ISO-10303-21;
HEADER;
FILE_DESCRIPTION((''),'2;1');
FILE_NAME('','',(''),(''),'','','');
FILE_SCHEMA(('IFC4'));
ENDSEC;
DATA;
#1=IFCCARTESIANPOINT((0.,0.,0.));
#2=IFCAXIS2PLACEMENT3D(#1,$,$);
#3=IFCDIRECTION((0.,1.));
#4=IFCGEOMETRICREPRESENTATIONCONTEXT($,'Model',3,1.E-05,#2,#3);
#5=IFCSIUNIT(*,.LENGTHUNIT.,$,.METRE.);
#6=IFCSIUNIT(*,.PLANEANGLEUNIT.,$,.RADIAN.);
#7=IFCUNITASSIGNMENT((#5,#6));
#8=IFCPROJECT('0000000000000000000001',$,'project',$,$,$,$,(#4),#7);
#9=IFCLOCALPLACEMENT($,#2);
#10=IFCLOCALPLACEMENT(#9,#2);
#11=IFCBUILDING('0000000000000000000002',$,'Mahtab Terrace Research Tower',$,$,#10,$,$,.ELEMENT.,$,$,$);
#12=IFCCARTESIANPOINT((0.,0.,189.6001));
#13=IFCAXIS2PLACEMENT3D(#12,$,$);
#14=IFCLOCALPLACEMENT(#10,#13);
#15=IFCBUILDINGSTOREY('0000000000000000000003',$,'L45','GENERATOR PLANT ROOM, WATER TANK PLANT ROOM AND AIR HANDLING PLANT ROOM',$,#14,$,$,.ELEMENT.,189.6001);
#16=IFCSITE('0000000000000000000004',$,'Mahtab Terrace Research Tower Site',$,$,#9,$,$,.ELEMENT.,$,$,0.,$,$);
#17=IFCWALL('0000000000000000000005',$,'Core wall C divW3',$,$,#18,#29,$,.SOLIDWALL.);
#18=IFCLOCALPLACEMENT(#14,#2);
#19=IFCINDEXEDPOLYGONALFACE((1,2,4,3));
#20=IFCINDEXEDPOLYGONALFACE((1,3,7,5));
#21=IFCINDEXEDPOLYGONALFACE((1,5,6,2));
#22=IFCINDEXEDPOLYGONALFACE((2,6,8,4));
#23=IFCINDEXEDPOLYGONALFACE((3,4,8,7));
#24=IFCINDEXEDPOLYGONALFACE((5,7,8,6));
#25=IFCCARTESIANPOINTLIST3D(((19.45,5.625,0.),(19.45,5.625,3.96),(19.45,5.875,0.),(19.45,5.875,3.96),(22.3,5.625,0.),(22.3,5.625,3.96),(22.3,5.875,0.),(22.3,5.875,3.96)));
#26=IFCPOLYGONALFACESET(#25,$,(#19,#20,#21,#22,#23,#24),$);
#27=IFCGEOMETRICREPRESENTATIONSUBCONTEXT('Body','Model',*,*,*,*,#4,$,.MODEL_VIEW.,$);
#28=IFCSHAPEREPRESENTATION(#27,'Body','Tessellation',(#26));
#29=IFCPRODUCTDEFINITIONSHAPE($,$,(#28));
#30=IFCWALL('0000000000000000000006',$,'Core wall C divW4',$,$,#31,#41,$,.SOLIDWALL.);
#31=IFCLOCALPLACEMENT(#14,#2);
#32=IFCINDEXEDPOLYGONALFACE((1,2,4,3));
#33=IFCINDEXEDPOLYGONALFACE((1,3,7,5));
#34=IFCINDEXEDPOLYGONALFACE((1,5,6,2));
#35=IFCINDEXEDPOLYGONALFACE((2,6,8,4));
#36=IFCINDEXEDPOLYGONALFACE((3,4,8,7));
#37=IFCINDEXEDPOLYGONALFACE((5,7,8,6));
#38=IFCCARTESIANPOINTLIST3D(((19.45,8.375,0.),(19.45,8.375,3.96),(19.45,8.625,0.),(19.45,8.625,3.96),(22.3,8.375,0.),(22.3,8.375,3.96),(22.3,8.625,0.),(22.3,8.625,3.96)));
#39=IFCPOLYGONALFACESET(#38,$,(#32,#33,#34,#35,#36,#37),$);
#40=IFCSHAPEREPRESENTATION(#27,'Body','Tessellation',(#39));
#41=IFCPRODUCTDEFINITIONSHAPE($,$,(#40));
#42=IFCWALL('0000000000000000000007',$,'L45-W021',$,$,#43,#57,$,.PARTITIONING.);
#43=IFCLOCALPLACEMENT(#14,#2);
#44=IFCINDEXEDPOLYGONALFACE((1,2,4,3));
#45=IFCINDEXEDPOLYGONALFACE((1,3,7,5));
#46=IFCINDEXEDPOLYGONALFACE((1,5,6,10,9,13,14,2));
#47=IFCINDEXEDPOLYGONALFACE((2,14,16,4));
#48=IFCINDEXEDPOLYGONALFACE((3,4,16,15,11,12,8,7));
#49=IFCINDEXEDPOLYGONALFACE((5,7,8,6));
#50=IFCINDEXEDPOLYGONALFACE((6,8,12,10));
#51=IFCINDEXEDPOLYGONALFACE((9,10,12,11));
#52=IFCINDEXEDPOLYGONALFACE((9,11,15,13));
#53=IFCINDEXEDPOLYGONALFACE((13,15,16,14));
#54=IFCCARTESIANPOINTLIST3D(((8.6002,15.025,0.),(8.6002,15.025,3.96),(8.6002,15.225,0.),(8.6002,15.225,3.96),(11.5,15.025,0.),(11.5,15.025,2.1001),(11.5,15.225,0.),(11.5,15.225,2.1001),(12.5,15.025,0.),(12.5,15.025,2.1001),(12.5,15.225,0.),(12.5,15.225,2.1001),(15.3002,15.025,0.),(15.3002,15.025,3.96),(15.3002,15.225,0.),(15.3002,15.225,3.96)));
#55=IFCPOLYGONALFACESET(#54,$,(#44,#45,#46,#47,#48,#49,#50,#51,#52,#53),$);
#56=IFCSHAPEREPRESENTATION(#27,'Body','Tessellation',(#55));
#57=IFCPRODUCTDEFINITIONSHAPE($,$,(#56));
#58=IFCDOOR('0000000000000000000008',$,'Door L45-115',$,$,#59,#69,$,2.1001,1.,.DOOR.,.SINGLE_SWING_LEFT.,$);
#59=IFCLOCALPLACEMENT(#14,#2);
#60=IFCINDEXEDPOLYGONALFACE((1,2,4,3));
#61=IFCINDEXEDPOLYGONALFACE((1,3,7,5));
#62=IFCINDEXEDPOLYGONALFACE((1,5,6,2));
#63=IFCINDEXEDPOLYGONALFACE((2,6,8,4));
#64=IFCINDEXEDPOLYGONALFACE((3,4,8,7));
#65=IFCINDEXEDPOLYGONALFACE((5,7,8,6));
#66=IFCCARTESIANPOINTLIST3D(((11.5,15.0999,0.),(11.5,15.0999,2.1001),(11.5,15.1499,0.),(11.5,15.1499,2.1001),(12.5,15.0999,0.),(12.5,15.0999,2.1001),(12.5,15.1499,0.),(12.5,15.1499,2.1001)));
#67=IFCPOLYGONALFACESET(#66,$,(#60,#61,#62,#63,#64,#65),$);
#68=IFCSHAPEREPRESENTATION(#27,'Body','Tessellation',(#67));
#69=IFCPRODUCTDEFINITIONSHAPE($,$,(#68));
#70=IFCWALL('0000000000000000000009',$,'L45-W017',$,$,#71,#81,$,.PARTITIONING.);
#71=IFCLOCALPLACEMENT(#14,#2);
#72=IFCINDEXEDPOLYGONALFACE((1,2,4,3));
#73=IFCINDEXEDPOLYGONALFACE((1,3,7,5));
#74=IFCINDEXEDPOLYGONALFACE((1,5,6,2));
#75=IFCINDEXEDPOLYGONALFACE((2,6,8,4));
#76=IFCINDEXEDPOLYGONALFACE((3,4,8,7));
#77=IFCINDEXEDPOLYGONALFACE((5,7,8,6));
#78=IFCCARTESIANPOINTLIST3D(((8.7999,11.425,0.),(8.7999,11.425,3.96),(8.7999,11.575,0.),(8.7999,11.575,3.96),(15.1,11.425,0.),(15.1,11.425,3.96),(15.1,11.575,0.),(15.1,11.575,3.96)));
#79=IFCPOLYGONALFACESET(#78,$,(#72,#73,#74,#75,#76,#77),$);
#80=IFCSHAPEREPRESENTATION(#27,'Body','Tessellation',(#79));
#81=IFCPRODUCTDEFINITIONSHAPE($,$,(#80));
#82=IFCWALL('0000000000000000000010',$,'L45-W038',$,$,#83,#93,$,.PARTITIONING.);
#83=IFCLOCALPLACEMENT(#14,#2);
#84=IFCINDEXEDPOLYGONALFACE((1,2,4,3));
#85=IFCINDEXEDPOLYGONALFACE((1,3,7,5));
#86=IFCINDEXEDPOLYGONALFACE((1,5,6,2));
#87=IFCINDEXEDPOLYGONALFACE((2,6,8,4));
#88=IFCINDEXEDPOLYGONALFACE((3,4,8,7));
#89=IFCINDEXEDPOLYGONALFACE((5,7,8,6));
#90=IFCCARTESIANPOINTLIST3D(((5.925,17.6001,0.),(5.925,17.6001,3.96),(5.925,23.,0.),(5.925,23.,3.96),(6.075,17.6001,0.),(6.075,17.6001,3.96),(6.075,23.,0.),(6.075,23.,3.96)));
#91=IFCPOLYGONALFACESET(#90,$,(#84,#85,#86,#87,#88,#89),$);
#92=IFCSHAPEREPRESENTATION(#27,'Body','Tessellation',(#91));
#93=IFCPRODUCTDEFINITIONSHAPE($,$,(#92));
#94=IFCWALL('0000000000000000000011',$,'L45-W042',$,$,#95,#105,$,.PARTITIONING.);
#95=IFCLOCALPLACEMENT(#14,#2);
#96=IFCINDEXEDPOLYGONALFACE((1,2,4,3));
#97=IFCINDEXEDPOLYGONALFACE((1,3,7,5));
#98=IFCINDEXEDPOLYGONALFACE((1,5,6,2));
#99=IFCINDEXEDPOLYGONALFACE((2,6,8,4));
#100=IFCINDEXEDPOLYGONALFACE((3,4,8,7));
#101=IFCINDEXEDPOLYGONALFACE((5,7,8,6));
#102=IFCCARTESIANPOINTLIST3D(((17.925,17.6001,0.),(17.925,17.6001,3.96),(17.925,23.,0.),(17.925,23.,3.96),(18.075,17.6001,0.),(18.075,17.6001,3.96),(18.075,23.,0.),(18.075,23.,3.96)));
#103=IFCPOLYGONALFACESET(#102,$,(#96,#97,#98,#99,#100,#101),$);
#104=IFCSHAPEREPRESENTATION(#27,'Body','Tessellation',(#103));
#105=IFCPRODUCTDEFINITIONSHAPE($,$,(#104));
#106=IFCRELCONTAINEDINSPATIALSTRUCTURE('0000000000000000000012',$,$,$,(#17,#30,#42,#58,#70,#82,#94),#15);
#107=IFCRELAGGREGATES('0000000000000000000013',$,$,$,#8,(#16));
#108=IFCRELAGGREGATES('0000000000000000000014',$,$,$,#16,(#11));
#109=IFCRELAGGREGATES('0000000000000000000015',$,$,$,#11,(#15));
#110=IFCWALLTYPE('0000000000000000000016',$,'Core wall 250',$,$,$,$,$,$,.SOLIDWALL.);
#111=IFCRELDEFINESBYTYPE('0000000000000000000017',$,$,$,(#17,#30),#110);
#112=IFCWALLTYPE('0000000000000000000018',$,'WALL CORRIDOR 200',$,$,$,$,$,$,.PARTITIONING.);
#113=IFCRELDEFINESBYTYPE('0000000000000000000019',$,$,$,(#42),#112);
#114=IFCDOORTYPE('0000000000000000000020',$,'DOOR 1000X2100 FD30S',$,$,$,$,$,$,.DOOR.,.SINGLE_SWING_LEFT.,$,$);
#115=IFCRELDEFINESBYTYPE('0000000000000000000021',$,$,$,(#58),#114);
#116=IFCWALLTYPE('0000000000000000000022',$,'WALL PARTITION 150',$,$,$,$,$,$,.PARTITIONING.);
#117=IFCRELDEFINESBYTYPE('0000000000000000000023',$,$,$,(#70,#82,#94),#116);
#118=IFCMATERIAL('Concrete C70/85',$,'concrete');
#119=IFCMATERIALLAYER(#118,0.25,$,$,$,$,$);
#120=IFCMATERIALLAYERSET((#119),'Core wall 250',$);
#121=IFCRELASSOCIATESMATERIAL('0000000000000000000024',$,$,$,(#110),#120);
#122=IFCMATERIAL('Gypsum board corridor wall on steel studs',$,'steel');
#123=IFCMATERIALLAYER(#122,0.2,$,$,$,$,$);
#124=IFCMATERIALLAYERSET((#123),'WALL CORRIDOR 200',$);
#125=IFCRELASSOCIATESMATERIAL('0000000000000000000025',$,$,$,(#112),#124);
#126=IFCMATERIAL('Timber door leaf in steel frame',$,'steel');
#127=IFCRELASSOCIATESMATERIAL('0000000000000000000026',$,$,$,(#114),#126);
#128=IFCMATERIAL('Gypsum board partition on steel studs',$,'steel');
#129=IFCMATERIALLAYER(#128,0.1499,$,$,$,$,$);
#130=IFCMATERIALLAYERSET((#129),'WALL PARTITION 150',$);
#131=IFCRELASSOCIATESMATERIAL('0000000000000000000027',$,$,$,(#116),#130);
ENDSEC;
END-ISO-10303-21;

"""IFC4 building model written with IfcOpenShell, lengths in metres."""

from ifc_helpers import new_model, si_unit, direction, frame, frame_2d, origin, place, context, subcontext, project, spatial, rectangle, extrude, material, layer, layer_set, type_object, element, fill, save


model = new_model("IFC4")

# Units and contexts
model_context = context("Model", 3, precision=1e-05, world=origin(), true_north=direction((0.0, 1.0)))
body_context = subcontext(model_context, "Body", "Model", "MODEL_VIEW")
ifc_project = project(units=[si_unit("LENGTHUNIT", "METRE"), si_unit("PLANEANGLEUNIT", "RADIAN")], contexts=[model_context])

# Site, building, storey
site_placement = place(None, origin())
site = spatial("IfcSite", under=ifc_project, at=site_placement, Name="Mahtab Terrace Research Tower Site", CompositionType="ELEMENT", RefElevation=0.0)
building_placement = place(site_placement, origin())
building = spatial("IfcBuilding", under=site, at=building_placement, Name="Mahtab Terrace Research Tower", CompositionType="ELEMENT")
storey_placement = place(building_placement, frame((0.0, 0.0, 189.6001)))
storey = spatial("IfcBuildingStorey", under=building, at=storey_placement, Name="L45", Description="GENERATOR PLANT ROOM, WATER TANK PLANT ROOM AND AIR HANDLING PLANT ROOM", CompositionType="ELEMENT", Elevation=189.6001)

# Shared definitions
ifc_material_1 = material(Name="Concrete C70/85", Category="concrete")

# Shared definitions
ifc_layer_1 = layer(ifc_material_1, 0.25)
ifc_layer_set_1 = layer_set([ifc_layer_1], Name="Core wall 250")
wall_type_1 = type_object("IfcWallType", Name="Core wall 250", PredefinedType="SOLIDWALL", material=ifc_layer_set_1)

# Walls
for number, where, z_axis, x_axis, name in (
    (1, (19.45, 5.75, 0.0), (0.0, 0.0, 1.0), (1.0, 0.0, 0.0), "Core wall C divW3"),
    (2, (19.45, 8.5, 0.0), (0.0, 0.0, 1.0), (1.0, 0.0, 0.0), "Core wall C divW4"),
):
    element("IfcWall", number, at=place(storey_placement, frame(where, z_axis=z_axis, x_axis=x_axis)), inside=storey, type_object=wall_type_1, Name=name, PredefinedType="SOLIDWALL", context=body_context, shape_type="SweptSolid", body=[
        extrude(rectangle(XDim=2.8501, YDim=0.25, at=frame_2d((1.425, 0.0))), origin(), (0.0, 0.0, 1.0), 3.96),
    ])

# Wall, opening, door
ifc_material_2 = material(Name="Gypsum board corridor wall on steel studs", Category="steel")
ifc_layer_2 = layer(ifc_material_2, 0.2)
ifc_layer_set_2 = layer_set([ifc_layer_2], Name="WALL CORRIDOR 200")
wall_type_2 = type_object("IfcWallType", Name="WALL CORRIDOR 200", PredefinedType="PARTITIONING", material=ifc_layer_set_2)
wall_1_placement = place(storey_placement, frame((8.6001, 15.125, 0.0), z_axis=(0.0, 0.0, 1.0), x_axis=(1.0, 0.0, 0.0)))
wall_1 = element("IfcWall", 3, at=wall_1_placement, inside=storey, type_object=wall_type_2, Name="L45-W021", PredefinedType="PARTITIONING", context=body_context, shape_type="SweptSolid", body=[
    extrude(rectangle(XDim=6.7, YDim=0.2, at=frame_2d((3.3501, 0.0))), origin(), (0.0, 0.0, 1.0), 3.96),
])
opening_1_placement = place(wall_1_placement, frame((2.8999, 0.0, 0.0)))
opening_1 = element("IfcOpeningElement", 4, at=opening_1_placement, cuts=wall_1, PredefinedType="OPENING", context=body_context, shape_type="SweptSolid", body=[
    extrude(rectangle(XDim=1.0, YDim=2.1001, at=frame_2d((0.5, 1.05))), frame((0.0, 0.1099, 0.0), z_axis=(0.0, -1.0, 0.0), x_axis=(1.0, 0.0, 0.0)), (0.0, 0.0, 1.0), 0.22),
])
ifc_material_3 = material(Name="Timber door leaf in steel frame", Category="steel")
door_type_1 = type_object("IfcDoorType", Name="DOOR 1000X2100 FD30S", OperationType="SINGLE_SWING_LEFT", PredefinedType="DOOR", material=ifc_material_3)
door_1_placement = place(opening_1_placement, origin())
door_1 = element("IfcDoor", 5, at=door_1_placement, inside=storey, type_object=door_type_1, Name="Door L45-115", OperationType="SINGLE_SWING_LEFT", OverallHeight=2.1001, OverallWidth=1.0, PredefinedType="DOOR", context=body_context, shape_type="SweptSolid", body=[
    extrude(rectangle(XDim=1.0, YDim=2.1001, at=frame_2d((0.5, 1.05))), frame((0.0, 0.0249, 0.0), z_axis=(0.0, -1.0, 0.0), x_axis=(1.0, 0.0, 0.0)), (0.0, 0.0, 1.0), 0.05),
])
fill(opening_1, door_1)

# Walls
ifc_material_4 = material(Name="Gypsum board partition on steel studs", Category="steel")
ifc_layer_3 = layer(ifc_material_4, 0.1499)
ifc_layer_set_3 = layer_set([ifc_layer_3], Name="WALL PARTITION 150")
wall_type_3 = type_object("IfcWallType", Name="WALL PARTITION 150", PredefinedType="PARTITIONING", material=ifc_layer_set_3)
wall_2_placement = place(storey_placement, frame((8.8, 11.5, 0.0), z_axis=(0.0, 0.0, 1.0), x_axis=(1.0, 0.0, 0.0)))
element("IfcWall", 6, at=wall_2_placement, inside=storey, type_object=wall_type_3, Name="L45-W017", PredefinedType="PARTITIONING", context=body_context, shape_type="SweptSolid", body=[
    extrude(rectangle(XDim=6.3, YDim=0.1499, at=frame_2d((3.1499, 0.0))), origin(), (0.0, 0.0, 1.0), 3.96),
])
for number, where, z_axis, x_axis, name in (
    (7, (6.0, 17.6001, 0.0), (0.0, 0.0, 1.0), (0.0, 1.0, 0.0), "L45-W038"),
    (8, (18.0, 17.6001, 0.0), (0.0, 0.0, 1.0), (0.0, 1.0, 0.0), "L45-W042"),
):
    element("IfcWall", number, at=place(storey_placement, frame(where, z_axis=z_axis, x_axis=x_axis)), inside=storey, type_object=wall_type_3, Name=name, PredefinedType="PARTITIONING", context=body_context, shape_type="SweptSolid", body=[
        extrude(rectangle(XDim=5.3999, YDim=0.1499, at=frame_2d((2.7, 0.0))), origin(), (0.0, 0.0, 1.0), 3.96),
    ])

save(model, "model.ifc")
